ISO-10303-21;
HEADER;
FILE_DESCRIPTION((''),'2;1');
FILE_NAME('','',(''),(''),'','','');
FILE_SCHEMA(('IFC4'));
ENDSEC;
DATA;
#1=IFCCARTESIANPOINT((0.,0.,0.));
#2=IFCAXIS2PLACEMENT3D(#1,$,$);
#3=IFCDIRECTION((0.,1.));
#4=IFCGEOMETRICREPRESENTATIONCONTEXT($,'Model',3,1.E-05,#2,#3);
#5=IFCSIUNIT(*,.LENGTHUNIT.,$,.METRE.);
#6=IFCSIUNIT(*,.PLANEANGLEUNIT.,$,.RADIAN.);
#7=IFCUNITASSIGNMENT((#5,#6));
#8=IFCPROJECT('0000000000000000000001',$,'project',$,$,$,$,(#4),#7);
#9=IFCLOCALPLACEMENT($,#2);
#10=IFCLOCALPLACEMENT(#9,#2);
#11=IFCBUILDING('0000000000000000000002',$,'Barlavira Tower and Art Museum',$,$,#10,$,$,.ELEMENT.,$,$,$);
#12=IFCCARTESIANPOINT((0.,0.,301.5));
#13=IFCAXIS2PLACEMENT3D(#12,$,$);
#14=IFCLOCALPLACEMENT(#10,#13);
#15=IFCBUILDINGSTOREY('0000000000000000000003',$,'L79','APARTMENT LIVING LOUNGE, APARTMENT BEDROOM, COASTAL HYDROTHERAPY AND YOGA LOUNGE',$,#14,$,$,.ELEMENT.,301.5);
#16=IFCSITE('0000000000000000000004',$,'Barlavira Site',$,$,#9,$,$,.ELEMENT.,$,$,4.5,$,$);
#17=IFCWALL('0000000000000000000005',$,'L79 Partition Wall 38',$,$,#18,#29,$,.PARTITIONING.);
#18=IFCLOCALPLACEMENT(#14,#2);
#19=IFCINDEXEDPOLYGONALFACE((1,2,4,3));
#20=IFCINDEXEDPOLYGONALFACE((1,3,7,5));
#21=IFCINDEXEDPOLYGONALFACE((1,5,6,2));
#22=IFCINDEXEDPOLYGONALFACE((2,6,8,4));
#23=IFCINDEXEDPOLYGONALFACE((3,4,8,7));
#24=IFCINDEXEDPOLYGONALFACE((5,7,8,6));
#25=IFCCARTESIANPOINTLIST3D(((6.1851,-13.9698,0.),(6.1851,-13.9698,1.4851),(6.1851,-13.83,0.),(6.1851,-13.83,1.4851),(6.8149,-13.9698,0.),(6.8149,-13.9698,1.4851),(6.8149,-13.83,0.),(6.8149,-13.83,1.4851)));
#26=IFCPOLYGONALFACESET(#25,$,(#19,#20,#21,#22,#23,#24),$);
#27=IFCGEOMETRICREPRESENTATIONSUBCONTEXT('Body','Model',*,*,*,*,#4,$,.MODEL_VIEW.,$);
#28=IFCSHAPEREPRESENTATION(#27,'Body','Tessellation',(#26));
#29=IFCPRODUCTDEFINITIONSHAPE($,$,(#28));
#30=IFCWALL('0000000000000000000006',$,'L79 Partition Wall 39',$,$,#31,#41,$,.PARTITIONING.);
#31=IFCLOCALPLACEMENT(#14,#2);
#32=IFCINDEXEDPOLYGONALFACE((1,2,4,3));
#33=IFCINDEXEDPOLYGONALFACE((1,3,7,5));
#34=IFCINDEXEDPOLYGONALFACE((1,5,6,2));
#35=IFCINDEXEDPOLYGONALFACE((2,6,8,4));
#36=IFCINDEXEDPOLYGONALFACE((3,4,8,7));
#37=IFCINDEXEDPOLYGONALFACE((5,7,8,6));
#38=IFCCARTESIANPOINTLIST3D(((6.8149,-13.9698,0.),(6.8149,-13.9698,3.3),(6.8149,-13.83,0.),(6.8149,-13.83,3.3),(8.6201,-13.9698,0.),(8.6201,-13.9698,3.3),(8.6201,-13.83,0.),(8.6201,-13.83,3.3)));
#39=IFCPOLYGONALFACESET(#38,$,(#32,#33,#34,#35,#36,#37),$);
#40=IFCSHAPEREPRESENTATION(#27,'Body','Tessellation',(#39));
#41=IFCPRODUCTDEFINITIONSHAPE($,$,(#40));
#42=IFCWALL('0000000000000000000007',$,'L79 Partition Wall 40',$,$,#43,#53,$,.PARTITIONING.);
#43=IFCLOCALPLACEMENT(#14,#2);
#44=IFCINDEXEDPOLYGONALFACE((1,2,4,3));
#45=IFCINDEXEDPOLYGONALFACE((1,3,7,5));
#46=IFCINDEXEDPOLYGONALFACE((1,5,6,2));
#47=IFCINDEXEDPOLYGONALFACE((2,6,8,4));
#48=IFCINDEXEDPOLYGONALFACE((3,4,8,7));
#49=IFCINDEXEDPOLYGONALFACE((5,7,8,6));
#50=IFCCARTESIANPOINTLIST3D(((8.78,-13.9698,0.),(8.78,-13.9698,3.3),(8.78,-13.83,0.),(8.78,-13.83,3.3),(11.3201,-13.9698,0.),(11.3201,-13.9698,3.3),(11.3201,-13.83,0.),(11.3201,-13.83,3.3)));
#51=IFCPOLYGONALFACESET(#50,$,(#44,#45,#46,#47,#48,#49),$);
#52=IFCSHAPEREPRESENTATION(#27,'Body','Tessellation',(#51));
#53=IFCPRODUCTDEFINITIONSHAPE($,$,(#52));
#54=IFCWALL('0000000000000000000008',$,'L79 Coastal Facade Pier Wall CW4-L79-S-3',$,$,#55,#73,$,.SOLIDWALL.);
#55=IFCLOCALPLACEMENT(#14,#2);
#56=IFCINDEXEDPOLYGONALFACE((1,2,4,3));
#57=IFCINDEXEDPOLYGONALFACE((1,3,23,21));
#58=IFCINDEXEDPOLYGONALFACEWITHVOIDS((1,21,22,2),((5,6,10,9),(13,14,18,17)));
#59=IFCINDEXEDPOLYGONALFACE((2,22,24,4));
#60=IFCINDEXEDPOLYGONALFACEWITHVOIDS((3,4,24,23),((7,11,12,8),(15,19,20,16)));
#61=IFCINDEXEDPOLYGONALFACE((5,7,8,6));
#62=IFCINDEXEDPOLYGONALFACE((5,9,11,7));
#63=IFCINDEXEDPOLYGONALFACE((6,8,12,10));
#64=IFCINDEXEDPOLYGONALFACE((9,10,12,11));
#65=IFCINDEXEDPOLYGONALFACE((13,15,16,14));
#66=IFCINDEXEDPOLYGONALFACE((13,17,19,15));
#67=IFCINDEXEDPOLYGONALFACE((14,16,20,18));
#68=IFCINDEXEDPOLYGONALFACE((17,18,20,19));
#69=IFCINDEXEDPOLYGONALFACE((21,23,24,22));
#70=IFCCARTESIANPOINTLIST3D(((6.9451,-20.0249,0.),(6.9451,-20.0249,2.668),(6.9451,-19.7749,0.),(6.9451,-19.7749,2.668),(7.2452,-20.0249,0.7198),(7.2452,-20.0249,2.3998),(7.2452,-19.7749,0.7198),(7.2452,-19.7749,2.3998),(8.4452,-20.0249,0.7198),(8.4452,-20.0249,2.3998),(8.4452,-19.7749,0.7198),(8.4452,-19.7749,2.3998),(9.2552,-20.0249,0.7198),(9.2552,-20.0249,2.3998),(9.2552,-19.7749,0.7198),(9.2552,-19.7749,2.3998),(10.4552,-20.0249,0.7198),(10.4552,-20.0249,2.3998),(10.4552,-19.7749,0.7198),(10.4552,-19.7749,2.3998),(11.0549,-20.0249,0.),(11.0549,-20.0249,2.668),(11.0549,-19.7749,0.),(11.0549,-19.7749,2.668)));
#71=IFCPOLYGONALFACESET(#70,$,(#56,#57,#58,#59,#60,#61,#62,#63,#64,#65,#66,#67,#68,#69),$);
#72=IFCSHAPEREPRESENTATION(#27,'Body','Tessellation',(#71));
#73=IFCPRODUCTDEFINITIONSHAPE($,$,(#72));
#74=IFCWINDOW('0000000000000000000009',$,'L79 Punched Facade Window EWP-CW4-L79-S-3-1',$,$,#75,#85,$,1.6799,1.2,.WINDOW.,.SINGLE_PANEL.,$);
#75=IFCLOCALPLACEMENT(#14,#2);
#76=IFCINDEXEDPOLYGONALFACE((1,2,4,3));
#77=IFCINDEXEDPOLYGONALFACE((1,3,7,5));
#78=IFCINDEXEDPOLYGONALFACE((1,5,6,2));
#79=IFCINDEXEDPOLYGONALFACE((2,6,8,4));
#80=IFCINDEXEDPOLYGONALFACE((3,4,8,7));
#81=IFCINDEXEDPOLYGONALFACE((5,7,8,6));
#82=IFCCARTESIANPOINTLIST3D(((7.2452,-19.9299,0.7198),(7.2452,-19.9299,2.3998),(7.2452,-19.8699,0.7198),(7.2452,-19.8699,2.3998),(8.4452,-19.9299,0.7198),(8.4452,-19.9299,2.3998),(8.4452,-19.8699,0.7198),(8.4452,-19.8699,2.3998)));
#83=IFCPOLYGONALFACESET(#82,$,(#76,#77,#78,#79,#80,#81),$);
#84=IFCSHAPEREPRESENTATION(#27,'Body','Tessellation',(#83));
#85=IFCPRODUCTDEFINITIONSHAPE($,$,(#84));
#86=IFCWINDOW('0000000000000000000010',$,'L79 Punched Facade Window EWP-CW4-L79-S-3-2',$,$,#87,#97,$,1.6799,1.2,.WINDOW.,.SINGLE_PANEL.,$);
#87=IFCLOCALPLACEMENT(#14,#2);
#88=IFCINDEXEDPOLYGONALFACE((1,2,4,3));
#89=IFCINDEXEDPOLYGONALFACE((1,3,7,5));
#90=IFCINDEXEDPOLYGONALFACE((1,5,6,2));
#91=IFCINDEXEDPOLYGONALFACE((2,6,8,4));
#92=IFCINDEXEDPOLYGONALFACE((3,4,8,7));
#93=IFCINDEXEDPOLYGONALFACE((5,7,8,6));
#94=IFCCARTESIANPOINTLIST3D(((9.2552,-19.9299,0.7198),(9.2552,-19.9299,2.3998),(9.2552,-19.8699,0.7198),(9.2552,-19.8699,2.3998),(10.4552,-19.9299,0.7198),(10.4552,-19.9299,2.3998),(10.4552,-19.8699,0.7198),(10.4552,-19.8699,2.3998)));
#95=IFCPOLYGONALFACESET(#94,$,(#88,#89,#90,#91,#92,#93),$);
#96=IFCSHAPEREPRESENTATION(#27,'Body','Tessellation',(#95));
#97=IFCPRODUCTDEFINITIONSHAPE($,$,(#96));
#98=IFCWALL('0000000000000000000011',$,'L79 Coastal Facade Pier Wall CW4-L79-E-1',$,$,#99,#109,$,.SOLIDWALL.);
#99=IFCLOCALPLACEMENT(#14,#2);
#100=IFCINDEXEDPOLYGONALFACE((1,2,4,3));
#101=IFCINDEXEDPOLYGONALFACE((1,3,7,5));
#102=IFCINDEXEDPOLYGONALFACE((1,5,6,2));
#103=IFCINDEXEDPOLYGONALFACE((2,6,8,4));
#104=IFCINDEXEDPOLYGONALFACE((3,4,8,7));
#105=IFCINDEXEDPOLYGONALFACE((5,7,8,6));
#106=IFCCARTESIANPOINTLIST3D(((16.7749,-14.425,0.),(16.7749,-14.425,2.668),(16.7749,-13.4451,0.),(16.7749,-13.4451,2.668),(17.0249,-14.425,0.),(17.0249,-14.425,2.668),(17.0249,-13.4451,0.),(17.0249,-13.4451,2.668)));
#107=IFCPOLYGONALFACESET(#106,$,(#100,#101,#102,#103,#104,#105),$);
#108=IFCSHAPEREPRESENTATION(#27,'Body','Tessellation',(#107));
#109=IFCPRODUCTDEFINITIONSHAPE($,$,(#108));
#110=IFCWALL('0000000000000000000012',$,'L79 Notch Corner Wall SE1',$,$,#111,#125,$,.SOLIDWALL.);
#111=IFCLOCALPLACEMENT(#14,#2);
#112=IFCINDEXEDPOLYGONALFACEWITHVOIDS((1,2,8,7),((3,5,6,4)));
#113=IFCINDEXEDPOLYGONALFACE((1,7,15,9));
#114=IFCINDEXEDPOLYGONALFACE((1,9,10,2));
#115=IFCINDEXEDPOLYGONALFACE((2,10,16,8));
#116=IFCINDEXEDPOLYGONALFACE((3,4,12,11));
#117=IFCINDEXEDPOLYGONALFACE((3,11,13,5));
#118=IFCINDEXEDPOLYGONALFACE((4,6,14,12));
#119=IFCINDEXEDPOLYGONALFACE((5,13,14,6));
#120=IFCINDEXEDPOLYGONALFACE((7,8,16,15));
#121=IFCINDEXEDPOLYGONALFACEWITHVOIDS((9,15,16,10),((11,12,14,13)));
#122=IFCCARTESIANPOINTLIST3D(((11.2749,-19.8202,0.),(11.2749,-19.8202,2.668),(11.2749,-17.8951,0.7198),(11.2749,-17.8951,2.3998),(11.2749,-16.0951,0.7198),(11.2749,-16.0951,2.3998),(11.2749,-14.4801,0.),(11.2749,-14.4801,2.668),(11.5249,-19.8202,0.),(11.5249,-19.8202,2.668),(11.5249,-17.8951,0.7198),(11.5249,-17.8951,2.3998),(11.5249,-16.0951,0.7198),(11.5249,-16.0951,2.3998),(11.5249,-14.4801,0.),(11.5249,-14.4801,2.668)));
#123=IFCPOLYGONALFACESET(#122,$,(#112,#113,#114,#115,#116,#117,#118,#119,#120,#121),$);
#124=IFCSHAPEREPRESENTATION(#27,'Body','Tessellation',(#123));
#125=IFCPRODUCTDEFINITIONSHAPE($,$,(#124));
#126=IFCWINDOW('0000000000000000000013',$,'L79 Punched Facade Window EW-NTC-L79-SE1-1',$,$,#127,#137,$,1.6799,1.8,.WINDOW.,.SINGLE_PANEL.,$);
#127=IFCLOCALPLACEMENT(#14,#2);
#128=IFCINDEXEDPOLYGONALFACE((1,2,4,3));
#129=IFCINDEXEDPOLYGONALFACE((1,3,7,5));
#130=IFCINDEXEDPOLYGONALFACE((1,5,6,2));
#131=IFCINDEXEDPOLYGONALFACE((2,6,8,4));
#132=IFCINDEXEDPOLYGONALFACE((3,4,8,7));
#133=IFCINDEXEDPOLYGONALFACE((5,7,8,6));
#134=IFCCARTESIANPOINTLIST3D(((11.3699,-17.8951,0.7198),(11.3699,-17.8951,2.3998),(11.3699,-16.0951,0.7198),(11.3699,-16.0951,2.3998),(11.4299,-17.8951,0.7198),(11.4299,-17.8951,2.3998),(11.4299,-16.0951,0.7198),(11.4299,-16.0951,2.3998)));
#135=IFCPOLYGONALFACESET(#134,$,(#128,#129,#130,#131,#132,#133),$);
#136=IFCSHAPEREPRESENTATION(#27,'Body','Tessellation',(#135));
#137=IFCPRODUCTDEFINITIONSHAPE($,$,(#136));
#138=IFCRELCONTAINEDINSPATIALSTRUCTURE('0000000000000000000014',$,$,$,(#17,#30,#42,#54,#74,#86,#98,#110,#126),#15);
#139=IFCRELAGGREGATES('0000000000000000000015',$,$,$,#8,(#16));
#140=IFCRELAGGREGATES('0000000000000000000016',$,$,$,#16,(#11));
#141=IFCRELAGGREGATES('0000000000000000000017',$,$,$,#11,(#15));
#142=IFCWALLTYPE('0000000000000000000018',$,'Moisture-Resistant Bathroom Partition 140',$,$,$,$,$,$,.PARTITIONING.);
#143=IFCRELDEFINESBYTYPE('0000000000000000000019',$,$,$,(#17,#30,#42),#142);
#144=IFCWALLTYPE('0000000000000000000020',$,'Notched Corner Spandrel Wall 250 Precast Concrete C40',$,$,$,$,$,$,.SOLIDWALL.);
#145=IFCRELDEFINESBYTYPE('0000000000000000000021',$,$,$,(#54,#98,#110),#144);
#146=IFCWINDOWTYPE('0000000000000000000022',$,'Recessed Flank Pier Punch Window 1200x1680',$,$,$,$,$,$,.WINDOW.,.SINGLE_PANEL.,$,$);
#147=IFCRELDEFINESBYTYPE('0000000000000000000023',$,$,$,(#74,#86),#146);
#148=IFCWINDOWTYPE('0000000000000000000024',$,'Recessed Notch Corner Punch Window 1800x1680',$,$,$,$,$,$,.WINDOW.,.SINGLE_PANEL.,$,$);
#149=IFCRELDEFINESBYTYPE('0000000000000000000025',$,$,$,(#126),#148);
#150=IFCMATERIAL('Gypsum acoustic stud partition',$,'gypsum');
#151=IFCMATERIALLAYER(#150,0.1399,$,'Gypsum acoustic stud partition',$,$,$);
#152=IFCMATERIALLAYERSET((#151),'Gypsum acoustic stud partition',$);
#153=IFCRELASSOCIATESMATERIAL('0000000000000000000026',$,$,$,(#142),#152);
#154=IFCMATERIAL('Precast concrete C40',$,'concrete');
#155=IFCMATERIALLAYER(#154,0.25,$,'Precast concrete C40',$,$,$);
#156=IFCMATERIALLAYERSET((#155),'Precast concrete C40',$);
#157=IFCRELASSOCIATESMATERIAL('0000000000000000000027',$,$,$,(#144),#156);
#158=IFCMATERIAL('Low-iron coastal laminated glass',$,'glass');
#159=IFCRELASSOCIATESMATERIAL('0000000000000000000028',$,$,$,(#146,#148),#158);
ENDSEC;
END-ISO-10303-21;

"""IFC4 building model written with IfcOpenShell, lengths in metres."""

from ifc_helpers import new_model, si_unit, direction, frame, frame_2d, origin, place, context, subcontext, project, spatial, rectangle, extrude, material, layer, layer_set, type_object, element, fill, save


model = new_model("IFC4")

# Units and contexts
model_context = context("Model", 3, precision=1e-05, world=origin(), true_north=direction((0.0, 1.0)))
body_context = subcontext(model_context, "Body", "Model", "MODEL_VIEW")
ifc_project = project(units=[si_unit("LENGTHUNIT", "METRE"), si_unit("PLANEANGLEUNIT", "RADIAN")], contexts=[model_context])

# Site, building, storey
site_placement = place(None, origin())
site = spatial("IfcSite", under=ifc_project, at=site_placement, Name="Barlavira Site", CompositionType="ELEMENT", RefElevation=4.5)
building_placement = place(site_placement, origin())
building = spatial("IfcBuilding", under=site, at=building_placement, Name="Barlavira Tower and Art Museum", CompositionType="ELEMENT")
storey_placement = place(building_placement, frame((0.0, 0.0, 301.5)))
storey = spatial("IfcBuildingStorey", under=building, at=storey_placement, Name="L79", Description="APARTMENT LIVING LOUNGE, APARTMENT BEDROOM, COASTAL HYDROTHERAPY AND YOGA LOUNGE", CompositionType="ELEMENT", Elevation=301.5)

# Shared definitions
ifc_material_1 = material(Name="Low-iron coastal laminated glass", Category="glass")

# Shared definitions
ifc_material_2 = material(Name="Gypsum acoustic stud partition", Category="gypsum")

# Walls
ifc_layer_1 = layer(ifc_material_2, 0.1399, Name="Gypsum acoustic stud partition")
ifc_layer_set_1 = layer_set([ifc_layer_1], Name="Gypsum acoustic stud partition")
wall_type_1 = type_object("IfcWallType", Name="Moisture-Resistant Bathroom Partition 140", PredefinedType="PARTITIONING", material=ifc_layer_set_1)
wall_1_placement = place(storey_placement, frame((6.1851, -13.8999, 0.0), z_axis=(0.0, 0.0, 1.0), x_axis=(1.0, 0.0, 0.0)))
element("IfcWall", 1, at=wall_1_placement, inside=storey, type_object=wall_type_1, Name="L79 Partition Wall 38", PredefinedType="PARTITIONING", context=body_context, shape_type="SweptSolid", body=[
    extrude(rectangle(XDim=0.6299, YDim=0.1399, at=frame_2d((0.3149, 0.0))), origin(), (0.0, 0.0, 1.0), 1.4851),
])
wall_2_placement = place(storey_placement, frame((6.8149, -13.8999, 0.0), z_axis=(0.0, 0.0, 1.0), x_axis=(1.0, 0.0, 0.0)))
element("IfcWall", 2, at=wall_2_placement, inside=storey, type_object=wall_type_1, Name="L79 Partition Wall 39", PredefinedType="PARTITIONING", context=body_context, shape_type="SweptSolid", body=[
    extrude(rectangle(XDim=1.8052, YDim=0.1399, at=frame_2d((0.9026, 0.0))), origin(), (0.0, 0.0, 1.0), 3.3),
])
wall_3_placement = place(storey_placement, frame((8.78, -13.8999, 0.0), z_axis=(0.0, 0.0, 1.0), x_axis=(1.0, 0.0, 0.0)))
element("IfcWall", 3, at=wall_3_placement, inside=storey, type_object=wall_type_1, Name="L79 Partition Wall 40", PredefinedType="PARTITIONING", context=body_context, shape_type="SweptSolid", body=[
    extrude(rectangle(XDim=2.54, YDim=0.1399, at=frame_2d((1.27, 0.0))), origin(), (0.0, 0.0, 1.0), 3.3),
])

# Wall, openings, windows
ifc_material_3 = material(Name="Precast concrete C40", Category="concrete")
ifc_layer_2 = layer(ifc_material_3, 0.25, Name="Precast concrete C40")
ifc_layer_set_2 = layer_set([ifc_layer_2], Name="Precast concrete C40")
wall_type_2 = type_object("IfcWallType", Name="Notched Corner Spandrel Wall 250 Precast Concrete C40", PredefinedType="SOLIDWALL", material=ifc_layer_set_2)
wall_4_placement = place(storey_placement, frame((6.9451, -19.8999, 0.0), z_axis=(0.0, 0.0, 1.0), x_axis=(1.0, 0.0, 0.0)))
wall_4 = element("IfcWall", 4, at=wall_4_placement, inside=storey, type_object=wall_type_2, Name="L79 Coastal Facade Pier Wall CW4-L79-S-3", PredefinedType="SOLIDWALL", context=body_context, shape_type="SweptSolid", body=[
    extrude(rectangle(XDim=4.1099, YDim=0.25, at=frame_2d((2.0549, 0.0))), origin(), (0.0, 0.0, 1.0), 2.668),
])
opening_1_placement = place(wall_4_placement, frame((0.3, 0.0, 0.72)))
opening_1 = element("IfcOpeningElement", 5, at=opening_1_placement, cuts=wall_4, PredefinedType="OPENING", context=body_context, shape_type="SweptSolid", body=[
    extrude(rectangle(XDim=1.2, YDim=1.6799, at=frame_2d((0.6001, 0.8398))), frame((0.0, 0.135, 0.0), z_axis=(0.0, -1.0, 0.0), x_axis=(1.0, 0.0, 0.0)), (0.0, 0.0, 1.0), 0.27),
])
opening_2_placement = place(wall_4_placement, frame((2.3101, 0.0, 0.72)))
opening_2 = element("IfcOpeningElement", 6, at=opening_2_placement, cuts=wall_4, PredefinedType="OPENING", context=body_context, shape_type="SweptSolid", body=[
    extrude(rectangle(XDim=1.2, YDim=1.6799, at=frame_2d((0.6001, 0.8398))), frame((0.0, 0.135, 0.0), z_axis=(0.0, -1.0, 0.0), x_axis=(1.0, 0.0, 0.0)), (0.0, 0.0, 1.0), 0.27),
])
window_type_1 = type_object("IfcWindowType", Name="Recessed Flank Pier Punch Window 1200x1680", PartitioningType="SINGLE_PANEL", PredefinedType="WINDOW", material=ifc_material_1)
window_1_placement = place(opening_1_placement, origin())
window_1 = element("IfcWindow", 7, at=window_1_placement, inside=storey, type_object=window_type_1, Name="L79 Punched Facade Window EWP-CW4-L79-S-3-1", OverallHeight=1.6799, OverallWidth=1.2, PartitioningType="SINGLE_PANEL", PredefinedType="WINDOW", context=body_context, shape_type="SweptSolid", body=[
    extrude(rectangle(XDim=1.2, YDim=1.6799, at=frame_2d((0.6001, 0.8398))), frame((0.0, 0.03, 0.0), z_axis=(0.0, -1.0, 0.0), x_axis=(1.0, 0.0, 0.0)), (0.0, 0.0, 1.0), 0.0601),
])
fill(opening_1, window_1)
window_2_placement = place(opening_2_placement, origin())
window_2 = element("IfcWindow", 8, at=window_2_placement, inside=storey, type_object=window_type_1, Name="L79 Punched Facade Window EWP-CW4-L79-S-3-2", OverallHeight=1.6799, OverallWidth=1.2, PartitioningType="SINGLE_PANEL", PredefinedType="WINDOW", context=body_context, shape_type="SweptSolid", body=[
    extrude(rectangle(XDim=1.2, YDim=1.6799, at=frame_2d((0.6001, 0.8398))), frame((0.0, 0.03, 0.0), z_axis=(0.0, -1.0, 0.0), x_axis=(1.0, 0.0, 0.0)), (0.0, 0.0, 1.0), 0.0601),
])
fill(opening_2, window_2)

# Wall
wall_5_placement = place(storey_placement, frame((16.8999, -14.425, 0.0), z_axis=(0.0, 0.0, 1.0), x_axis=(0.0, 1.0, 0.0)))
element("IfcWall", 9, at=wall_5_placement, inside=storey, type_object=wall_type_2, Name="L79 Coastal Facade Pier Wall CW4-L79-E-1", PredefinedType="SOLIDWALL", context=body_context, shape_type="SweptSolid", body=[
    extrude(rectangle(XDim=0.98, YDim=0.25, at=frame_2d((0.49, 0.0))), origin(), (0.0, 0.0, 1.0), 2.668),
])

# Wall, opening, window
wall_6_placement = place(storey_placement, frame((11.3999, -19.8201, 0.0), z_axis=(0.0, 0.0, 1.0), x_axis=(0.0, 1.0, 0.0)))
wall_6 = element("IfcWall", 10, at=wall_6_placement, inside=storey, type_object=wall_type_2, Name="L79 Notch Corner Wall SE1", PredefinedType="SOLIDWALL", context=body_context, shape_type="SweptSolid", body=[
    extrude(rectangle(XDim=5.3401, YDim=0.25, at=frame_2d((2.6699, 0.0))), origin(), (0.0, 0.0, 1.0), 2.668),
])
opening_3_placement = place(wall_6_placement, frame((1.925, 0.0, 0.72)))
opening_3 = element("IfcOpeningElement", 11, at=opening_3_placement, cuts=wall_6, PredefinedType="OPENING", context=body_context, shape_type="SweptSolid", body=[
    extrude(rectangle(XDim=1.8, YDim=1.6799, at=frame_2d((0.8999, 0.8398))), frame((0.0, 0.135, 0.0), z_axis=(0.0, -1.0, 0.0), x_axis=(1.0, 0.0, 0.0)), (0.0, 0.0, 1.0), 0.27),
])
window_type_2 = type_object("IfcWindowType", Name="Recessed Notch Corner Punch Window 1800x1680", PartitioningType="SINGLE_PANEL", PredefinedType="WINDOW", material=ifc_material_1)
window_3_placement = place(opening_3_placement, origin())
window_3 = element("IfcWindow", 12, at=window_3_placement, inside=storey, type_object=window_type_2, Name="L79 Punched Facade Window EW-NTC-L79-SE1-1", OverallHeight=1.6799, OverallWidth=1.8, PartitioningType="SINGLE_PANEL", PredefinedType="WINDOW", context=body_context, shape_type="SweptSolid", body=[
    extrude(rectangle(XDim=1.8, YDim=1.6799, at=frame_2d((0.8999, 0.8398))), frame((0.0, 0.03, 0.0), z_axis=(0.0, -1.0, 0.0), x_axis=(1.0, 0.0, 0.0)), (0.0, 0.0, 1.0), 0.0601),
])
fill(opening_3, window_3)

save(model, "model.ifc")
